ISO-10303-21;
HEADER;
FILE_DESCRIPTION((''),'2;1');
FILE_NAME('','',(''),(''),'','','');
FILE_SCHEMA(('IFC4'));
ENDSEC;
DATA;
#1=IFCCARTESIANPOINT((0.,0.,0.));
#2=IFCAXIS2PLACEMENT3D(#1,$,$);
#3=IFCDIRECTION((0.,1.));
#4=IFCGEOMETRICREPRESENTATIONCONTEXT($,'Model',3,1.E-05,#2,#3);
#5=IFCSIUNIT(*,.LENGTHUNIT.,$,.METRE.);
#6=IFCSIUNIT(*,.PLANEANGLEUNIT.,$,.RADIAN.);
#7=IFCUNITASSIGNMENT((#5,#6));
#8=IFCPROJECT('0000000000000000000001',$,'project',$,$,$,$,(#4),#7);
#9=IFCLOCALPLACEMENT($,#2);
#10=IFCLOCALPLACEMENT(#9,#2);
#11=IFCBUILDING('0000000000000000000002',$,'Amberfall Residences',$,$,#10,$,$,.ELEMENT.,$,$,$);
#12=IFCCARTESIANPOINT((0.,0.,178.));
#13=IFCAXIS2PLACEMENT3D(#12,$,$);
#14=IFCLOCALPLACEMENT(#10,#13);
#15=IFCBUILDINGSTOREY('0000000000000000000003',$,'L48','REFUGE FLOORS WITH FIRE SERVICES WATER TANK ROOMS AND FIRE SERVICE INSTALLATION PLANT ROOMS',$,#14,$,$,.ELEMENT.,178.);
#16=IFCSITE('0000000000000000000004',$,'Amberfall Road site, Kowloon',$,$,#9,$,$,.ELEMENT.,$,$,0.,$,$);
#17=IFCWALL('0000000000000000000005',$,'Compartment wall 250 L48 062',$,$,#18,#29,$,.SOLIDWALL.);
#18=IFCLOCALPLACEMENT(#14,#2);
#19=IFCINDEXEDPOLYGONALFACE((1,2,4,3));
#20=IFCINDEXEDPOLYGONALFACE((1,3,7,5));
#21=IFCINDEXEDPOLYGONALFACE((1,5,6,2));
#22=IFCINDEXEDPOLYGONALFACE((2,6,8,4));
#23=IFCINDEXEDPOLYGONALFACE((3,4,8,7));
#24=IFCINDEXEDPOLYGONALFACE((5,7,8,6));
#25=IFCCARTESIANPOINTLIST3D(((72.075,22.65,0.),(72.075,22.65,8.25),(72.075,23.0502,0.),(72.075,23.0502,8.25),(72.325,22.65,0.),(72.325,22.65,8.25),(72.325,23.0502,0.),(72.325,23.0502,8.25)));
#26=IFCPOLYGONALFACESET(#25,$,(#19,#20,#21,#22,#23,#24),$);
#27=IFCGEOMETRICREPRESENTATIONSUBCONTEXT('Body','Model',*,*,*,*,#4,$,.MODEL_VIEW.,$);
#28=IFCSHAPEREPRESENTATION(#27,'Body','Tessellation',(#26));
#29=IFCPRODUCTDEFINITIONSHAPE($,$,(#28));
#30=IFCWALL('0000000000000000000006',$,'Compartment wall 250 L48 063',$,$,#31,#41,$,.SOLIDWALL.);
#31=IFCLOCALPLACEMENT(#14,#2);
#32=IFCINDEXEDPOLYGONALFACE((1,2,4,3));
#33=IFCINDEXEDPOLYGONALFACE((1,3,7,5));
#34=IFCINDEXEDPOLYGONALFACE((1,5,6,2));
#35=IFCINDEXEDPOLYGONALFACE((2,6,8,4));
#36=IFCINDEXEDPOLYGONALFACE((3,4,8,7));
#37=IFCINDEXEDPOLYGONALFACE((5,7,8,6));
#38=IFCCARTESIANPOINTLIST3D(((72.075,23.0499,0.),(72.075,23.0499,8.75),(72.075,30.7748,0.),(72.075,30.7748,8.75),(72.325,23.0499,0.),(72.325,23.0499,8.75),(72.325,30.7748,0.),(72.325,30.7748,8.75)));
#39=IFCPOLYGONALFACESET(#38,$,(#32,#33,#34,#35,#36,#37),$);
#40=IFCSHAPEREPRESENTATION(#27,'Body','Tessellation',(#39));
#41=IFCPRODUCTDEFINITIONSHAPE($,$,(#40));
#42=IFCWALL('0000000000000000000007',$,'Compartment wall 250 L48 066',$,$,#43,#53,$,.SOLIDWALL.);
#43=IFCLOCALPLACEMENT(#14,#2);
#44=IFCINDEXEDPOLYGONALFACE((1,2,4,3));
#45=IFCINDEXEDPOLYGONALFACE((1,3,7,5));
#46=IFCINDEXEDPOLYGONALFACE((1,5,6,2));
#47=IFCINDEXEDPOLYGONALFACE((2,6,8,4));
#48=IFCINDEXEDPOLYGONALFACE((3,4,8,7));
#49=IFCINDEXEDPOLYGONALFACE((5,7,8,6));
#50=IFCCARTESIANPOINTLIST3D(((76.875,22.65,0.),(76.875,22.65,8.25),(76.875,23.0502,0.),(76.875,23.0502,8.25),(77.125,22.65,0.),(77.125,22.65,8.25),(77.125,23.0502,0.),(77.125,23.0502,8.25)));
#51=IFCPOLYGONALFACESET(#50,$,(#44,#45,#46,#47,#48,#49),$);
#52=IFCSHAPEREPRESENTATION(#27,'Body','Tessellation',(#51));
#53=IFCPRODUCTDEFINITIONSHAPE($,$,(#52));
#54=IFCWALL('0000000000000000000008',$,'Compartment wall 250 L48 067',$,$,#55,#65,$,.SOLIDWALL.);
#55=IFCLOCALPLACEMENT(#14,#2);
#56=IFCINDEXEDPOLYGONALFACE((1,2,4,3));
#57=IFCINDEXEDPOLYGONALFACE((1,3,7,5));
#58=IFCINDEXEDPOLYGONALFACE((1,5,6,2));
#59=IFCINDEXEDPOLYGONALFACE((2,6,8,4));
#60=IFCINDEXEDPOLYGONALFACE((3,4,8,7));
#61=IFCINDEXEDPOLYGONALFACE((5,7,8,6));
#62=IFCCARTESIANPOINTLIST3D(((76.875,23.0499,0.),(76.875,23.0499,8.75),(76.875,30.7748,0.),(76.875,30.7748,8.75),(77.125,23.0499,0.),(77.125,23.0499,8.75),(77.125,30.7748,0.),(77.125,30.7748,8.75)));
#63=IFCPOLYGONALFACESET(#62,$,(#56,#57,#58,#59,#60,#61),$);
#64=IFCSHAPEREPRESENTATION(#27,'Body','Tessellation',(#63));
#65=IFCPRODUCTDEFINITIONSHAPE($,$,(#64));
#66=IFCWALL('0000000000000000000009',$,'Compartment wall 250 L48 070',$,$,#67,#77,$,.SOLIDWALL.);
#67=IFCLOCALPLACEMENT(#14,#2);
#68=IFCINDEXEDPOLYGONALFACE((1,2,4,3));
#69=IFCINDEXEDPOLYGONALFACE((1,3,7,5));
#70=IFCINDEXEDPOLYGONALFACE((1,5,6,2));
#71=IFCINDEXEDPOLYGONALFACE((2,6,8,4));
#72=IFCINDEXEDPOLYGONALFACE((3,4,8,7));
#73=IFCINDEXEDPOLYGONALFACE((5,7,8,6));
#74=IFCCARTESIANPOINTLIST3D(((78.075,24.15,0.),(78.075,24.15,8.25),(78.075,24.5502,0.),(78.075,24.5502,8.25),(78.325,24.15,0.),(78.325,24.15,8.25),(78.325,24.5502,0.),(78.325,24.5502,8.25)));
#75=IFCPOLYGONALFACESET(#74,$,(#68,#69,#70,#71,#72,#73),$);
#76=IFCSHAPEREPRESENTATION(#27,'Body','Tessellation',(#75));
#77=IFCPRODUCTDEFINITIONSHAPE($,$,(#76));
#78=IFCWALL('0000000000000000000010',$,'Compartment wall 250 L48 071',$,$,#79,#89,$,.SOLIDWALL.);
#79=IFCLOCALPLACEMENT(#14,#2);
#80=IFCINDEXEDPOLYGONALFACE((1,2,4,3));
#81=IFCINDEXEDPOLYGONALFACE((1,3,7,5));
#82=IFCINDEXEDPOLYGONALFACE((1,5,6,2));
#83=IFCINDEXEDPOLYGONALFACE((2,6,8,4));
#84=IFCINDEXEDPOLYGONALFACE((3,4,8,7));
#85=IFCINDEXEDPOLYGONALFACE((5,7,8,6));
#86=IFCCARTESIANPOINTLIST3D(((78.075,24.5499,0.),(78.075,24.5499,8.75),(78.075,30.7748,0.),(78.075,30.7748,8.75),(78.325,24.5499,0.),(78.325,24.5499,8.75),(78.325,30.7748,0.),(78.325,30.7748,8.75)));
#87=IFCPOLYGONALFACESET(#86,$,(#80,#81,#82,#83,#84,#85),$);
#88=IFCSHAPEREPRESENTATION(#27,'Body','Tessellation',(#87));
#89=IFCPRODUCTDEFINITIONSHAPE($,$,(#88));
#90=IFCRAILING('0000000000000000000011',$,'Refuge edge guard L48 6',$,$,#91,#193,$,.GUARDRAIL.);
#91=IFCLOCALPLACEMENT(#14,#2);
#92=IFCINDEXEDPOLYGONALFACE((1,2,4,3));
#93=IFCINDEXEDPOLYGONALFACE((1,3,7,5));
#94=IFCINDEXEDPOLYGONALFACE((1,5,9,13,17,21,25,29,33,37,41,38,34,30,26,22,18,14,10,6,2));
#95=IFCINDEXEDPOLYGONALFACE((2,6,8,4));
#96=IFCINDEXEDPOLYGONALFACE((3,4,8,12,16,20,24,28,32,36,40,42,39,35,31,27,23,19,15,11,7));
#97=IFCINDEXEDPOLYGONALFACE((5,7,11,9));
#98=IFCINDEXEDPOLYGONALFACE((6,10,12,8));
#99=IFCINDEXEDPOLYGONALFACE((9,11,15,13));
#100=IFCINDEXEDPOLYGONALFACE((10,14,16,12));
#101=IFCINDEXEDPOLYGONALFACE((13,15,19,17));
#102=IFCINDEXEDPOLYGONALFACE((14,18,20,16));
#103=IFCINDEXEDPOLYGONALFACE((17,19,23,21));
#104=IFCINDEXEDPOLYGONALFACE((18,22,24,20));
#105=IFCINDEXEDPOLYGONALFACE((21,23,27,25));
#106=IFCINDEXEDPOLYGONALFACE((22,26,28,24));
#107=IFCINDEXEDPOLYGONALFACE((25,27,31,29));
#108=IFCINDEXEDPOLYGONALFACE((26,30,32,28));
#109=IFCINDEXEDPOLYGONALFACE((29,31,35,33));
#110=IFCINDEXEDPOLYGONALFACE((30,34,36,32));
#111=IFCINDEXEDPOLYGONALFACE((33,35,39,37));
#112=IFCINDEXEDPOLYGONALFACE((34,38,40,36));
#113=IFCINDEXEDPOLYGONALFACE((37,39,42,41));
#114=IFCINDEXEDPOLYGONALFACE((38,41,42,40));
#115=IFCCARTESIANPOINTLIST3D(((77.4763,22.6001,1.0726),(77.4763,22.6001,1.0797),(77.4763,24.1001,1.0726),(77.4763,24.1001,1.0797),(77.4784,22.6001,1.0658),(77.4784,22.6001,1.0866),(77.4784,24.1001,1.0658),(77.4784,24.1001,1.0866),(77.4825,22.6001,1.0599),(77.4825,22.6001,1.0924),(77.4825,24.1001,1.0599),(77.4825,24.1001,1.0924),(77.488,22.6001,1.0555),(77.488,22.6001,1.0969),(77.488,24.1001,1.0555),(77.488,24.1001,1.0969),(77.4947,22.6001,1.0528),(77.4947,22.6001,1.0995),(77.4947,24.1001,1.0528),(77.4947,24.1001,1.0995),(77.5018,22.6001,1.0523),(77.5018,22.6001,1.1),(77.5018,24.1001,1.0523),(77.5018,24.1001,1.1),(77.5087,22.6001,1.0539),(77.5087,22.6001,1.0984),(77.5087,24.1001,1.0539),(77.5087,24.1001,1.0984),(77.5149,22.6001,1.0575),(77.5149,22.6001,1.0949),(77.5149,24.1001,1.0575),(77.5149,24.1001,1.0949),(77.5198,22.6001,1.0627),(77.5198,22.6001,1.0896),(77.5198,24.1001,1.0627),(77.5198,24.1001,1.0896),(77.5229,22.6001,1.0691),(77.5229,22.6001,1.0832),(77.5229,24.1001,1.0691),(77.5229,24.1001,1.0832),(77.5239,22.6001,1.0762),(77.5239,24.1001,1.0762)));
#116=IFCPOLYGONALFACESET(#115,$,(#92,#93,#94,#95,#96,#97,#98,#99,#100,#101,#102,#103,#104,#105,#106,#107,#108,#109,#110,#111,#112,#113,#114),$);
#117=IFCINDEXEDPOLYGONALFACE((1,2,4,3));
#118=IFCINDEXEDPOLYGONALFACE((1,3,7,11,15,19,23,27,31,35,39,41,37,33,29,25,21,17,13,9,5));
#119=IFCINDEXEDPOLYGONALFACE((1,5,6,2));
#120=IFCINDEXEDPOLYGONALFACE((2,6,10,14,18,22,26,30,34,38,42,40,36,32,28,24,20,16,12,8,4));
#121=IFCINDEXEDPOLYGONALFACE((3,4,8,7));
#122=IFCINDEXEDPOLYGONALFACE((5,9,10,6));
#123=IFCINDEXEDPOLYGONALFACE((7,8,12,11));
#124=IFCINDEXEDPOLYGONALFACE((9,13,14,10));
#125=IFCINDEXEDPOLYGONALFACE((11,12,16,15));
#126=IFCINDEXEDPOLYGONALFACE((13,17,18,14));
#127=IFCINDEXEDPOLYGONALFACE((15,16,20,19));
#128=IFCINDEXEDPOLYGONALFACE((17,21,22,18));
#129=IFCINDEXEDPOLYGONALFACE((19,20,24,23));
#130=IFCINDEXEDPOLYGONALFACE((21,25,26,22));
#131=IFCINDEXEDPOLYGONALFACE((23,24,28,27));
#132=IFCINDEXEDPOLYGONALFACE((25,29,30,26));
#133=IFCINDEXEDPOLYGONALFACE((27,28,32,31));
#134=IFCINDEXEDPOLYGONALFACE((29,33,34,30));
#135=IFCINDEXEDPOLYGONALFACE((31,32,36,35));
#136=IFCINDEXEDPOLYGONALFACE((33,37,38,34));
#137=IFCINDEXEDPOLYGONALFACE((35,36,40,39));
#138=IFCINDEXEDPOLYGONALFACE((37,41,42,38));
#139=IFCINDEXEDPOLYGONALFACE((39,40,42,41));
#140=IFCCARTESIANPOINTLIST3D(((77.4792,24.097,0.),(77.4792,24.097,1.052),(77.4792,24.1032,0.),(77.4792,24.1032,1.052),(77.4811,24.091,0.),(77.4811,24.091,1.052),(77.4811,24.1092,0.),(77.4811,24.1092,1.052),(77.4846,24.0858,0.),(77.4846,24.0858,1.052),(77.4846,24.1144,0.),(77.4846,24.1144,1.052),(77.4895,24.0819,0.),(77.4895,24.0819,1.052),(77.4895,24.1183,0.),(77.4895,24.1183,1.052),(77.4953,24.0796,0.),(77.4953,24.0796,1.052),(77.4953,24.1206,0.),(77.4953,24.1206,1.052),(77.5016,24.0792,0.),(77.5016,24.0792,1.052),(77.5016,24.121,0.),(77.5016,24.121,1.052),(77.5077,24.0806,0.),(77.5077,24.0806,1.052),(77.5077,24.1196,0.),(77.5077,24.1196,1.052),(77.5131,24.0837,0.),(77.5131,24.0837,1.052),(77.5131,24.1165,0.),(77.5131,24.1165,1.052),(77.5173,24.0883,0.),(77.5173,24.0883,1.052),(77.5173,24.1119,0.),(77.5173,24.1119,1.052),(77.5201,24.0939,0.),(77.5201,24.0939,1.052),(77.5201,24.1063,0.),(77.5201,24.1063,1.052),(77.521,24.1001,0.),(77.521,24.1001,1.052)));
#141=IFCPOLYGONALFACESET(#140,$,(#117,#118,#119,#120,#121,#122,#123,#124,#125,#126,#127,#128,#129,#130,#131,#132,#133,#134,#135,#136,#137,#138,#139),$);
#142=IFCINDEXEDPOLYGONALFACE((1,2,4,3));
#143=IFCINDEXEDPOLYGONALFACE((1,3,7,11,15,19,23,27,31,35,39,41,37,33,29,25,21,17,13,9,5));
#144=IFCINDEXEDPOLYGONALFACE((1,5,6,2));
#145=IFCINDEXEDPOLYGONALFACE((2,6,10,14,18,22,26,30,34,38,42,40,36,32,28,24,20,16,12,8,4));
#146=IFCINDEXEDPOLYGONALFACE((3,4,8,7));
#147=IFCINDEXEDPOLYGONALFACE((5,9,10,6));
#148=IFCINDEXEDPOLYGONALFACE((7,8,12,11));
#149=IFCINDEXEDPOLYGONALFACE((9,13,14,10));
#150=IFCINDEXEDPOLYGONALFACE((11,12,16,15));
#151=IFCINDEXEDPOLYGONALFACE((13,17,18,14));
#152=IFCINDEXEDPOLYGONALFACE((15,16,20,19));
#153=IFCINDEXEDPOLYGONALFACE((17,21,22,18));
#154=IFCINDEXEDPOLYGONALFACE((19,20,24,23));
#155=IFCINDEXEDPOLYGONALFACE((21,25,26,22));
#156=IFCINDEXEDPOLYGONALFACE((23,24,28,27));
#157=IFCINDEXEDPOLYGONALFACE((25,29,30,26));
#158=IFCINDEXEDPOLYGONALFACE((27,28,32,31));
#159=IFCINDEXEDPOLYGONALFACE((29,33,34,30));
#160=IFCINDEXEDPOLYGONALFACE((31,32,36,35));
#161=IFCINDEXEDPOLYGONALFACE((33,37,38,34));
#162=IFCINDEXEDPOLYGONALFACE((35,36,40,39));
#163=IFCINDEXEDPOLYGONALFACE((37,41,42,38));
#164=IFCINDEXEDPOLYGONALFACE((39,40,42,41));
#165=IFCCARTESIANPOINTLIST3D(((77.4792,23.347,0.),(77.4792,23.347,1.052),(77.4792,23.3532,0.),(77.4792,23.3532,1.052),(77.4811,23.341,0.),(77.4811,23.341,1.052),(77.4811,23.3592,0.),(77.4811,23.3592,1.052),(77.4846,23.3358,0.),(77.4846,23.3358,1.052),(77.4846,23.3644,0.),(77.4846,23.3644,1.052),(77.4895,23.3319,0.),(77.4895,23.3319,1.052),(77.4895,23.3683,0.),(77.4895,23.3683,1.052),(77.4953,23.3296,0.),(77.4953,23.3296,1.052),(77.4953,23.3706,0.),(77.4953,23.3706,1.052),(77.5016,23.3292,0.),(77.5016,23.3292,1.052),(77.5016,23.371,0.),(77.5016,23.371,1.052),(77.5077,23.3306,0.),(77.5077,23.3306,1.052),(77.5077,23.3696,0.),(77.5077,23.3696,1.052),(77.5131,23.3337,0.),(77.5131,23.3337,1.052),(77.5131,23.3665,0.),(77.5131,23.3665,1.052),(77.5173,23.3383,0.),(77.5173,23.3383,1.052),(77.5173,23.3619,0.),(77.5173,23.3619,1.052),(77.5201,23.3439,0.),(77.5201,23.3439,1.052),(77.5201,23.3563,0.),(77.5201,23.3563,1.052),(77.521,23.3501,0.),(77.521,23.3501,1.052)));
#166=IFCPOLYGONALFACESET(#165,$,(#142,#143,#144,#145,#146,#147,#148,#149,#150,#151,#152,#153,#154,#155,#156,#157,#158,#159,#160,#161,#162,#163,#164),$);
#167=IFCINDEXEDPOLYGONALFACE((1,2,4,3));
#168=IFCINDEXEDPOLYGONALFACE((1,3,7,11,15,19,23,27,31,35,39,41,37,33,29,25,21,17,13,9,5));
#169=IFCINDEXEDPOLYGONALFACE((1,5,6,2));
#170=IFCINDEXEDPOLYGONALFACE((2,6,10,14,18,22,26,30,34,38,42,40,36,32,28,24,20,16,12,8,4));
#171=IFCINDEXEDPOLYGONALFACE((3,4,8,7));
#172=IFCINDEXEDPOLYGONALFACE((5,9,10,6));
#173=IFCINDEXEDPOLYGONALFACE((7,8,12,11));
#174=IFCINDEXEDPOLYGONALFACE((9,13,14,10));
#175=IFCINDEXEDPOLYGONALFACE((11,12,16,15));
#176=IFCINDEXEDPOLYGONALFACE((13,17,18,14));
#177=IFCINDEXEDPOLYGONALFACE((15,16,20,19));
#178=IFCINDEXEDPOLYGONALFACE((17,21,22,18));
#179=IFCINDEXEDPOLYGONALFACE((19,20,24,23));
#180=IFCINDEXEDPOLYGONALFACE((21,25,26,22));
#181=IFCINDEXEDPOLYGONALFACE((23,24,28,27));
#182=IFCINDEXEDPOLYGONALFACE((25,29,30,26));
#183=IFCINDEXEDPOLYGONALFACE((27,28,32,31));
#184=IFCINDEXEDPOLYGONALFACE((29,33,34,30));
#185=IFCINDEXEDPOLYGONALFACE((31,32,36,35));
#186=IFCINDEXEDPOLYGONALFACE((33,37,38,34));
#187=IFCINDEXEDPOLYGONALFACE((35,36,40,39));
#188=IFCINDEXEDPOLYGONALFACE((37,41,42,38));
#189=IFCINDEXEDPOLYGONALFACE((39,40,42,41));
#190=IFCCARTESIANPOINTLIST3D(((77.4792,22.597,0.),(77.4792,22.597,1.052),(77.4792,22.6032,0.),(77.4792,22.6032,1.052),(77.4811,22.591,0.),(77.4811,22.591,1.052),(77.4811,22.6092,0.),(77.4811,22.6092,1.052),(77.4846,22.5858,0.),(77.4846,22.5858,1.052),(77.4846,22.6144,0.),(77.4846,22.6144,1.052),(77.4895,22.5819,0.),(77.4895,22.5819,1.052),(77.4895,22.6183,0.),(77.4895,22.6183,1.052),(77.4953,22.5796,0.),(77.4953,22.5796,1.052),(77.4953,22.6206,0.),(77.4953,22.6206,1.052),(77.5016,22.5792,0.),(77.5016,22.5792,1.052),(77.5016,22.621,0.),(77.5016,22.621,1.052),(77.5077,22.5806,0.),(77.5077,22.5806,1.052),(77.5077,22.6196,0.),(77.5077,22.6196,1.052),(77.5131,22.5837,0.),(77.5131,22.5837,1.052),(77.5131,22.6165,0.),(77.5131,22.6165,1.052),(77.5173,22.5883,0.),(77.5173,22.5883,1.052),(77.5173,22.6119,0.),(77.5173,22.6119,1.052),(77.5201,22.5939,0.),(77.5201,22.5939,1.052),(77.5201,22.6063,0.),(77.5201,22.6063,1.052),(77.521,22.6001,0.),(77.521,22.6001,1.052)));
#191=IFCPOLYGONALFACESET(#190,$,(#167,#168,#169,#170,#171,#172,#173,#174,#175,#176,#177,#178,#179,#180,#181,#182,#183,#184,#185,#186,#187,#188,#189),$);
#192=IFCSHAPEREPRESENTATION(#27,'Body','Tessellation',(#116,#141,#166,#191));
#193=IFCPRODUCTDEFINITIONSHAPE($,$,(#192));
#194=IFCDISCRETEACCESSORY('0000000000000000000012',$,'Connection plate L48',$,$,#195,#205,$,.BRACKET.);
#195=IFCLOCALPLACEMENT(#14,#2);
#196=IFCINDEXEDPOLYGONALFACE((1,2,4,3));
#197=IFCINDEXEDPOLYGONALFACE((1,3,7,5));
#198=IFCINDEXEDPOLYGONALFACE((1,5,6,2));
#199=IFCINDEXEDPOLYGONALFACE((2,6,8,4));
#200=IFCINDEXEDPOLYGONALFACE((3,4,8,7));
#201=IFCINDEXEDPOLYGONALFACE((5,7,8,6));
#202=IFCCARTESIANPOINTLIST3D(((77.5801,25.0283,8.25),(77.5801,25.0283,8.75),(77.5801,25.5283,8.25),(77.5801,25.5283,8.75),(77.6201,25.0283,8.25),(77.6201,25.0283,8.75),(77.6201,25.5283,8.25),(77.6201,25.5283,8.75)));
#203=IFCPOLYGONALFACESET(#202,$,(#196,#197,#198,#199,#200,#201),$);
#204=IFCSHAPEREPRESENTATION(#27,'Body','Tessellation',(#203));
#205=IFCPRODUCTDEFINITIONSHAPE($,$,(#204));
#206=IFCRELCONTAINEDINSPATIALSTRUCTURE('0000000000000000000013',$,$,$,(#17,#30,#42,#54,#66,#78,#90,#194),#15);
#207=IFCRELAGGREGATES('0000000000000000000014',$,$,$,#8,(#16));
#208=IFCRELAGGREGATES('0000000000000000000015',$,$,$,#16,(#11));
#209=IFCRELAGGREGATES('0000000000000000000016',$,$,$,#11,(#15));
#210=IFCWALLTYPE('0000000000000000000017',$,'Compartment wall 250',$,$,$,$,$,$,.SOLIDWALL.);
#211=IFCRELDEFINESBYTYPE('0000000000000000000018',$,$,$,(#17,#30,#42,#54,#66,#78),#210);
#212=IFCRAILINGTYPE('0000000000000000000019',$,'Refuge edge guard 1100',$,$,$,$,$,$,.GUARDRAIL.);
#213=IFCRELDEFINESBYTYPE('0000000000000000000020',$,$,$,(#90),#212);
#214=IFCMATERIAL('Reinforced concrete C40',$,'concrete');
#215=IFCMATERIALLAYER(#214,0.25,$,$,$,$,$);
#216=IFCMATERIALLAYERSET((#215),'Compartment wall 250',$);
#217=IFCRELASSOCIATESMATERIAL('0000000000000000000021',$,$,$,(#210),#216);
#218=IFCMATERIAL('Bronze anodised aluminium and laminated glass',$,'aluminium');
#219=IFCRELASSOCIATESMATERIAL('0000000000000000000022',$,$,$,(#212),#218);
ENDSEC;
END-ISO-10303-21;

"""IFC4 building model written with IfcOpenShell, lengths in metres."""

from ifc_helpers import new_model, si_unit, direction, frame, frame_2d, origin, origin_2d, place, context, subcontext, project, spatial, rectangle, circle, extrude, material, layer, layer_set, type_object, element, save


model = new_model("IFC4")

# Units and contexts
model_context = context("Model", 3, precision=1e-05, world=origin(), true_north=direction((0.0, 1.0)))
body_context = subcontext(model_context, "Body", "Model", "MODEL_VIEW")
ifc_project = project(units=[si_unit("LENGTHUNIT", "METRE"), si_unit("PLANEANGLEUNIT", "RADIAN")], contexts=[model_context])

# Site, building, storey
site_placement = place(None, origin())
site = spatial("IfcSite", under=ifc_project, at=site_placement, Name="Amberfall Road site, Kowloon", CompositionType="ELEMENT", RefElevation=0.0)
building_placement = place(site_placement, origin())
building = spatial("IfcBuilding", under=site, at=building_placement, Name="Amberfall Residences", CompositionType="ELEMENT")
storey_placement = place(building_placement, frame((0.0, 0.0, 178.0)))
storey = spatial("IfcBuildingStorey", under=building, at=storey_placement, Name="L48", Description="REFUGE FLOORS WITH FIRE SERVICES WATER TANK ROOMS AND FIRE SERVICE INSTALLATION PLANT ROOMS", CompositionType="ELEMENT", Elevation=178.0)

# Walls
ifc_material_1 = material(Name="Reinforced concrete C40", Category="concrete")
ifc_layer = layer(ifc_material_1, 0.25)
ifc_layer_set = layer_set([ifc_layer], Name="Compartment wall 250")
wall_type = type_object("IfcWallType", Name="Compartment wall 250", PredefinedType="SOLIDWALL", material=ifc_layer_set)
wall_1_placement = place(storey_placement, frame((72.2, 22.6499, 0.0), z_axis=(0.0, 0.0, 1.0), x_axis=(0.0, 1.0, 0.0)))
element("IfcWall", 1, at=wall_1_placement, inside=storey, type_object=wall_type, Name="Compartment wall 250 L48 062", PredefinedType="SOLIDWALL", context=body_context, shape_type="SweptSolid", body=[
    extrude(rectangle(XDim=0.4001, YDim=0.25, at=frame_2d((0.2002, 0.0))), origin(), (0.0, 0.0, 1.0), 8.25),
])
wall_2_placement = place(storey_placement, frame((72.2, 23.05, 0.0), z_axis=(0.0, 0.0, 1.0), x_axis=(0.0, 1.0, 0.0)))
element("IfcWall", 2, at=wall_2_placement, inside=storey, type_object=wall_type, Name="Compartment wall 250 L48 063", PredefinedType="SOLIDWALL", context=body_context, shape_type="SweptSolid", body=[
    extrude(rectangle(XDim=7.7249, YDim=0.25, at=frame_2d((3.8623, 0.0))), origin(), (0.0, 0.0, 1.0), 8.75),
])
wall_3_placement = place(storey_placement, frame((77.0, 22.6499, 0.0), z_axis=(0.0, 0.0, 1.0), x_axis=(0.0, 1.0, 0.0)))
element("IfcWall", 3, at=wall_3_placement, inside=storey, type_object=wall_type, Name="Compartment wall 250 L48 066", PredefinedType="SOLIDWALL", context=body_context, shape_type="SweptSolid", body=[
    extrude(rectangle(XDim=0.4001, YDim=0.25, at=frame_2d((0.2002, 0.0))), origin(), (0.0, 0.0, 1.0), 8.25),
])
wall_4_placement = place(storey_placement, frame((77.0, 23.05, 0.0), z_axis=(0.0, 0.0, 1.0), x_axis=(0.0, 1.0, 0.0)))
element("IfcWall", 4, at=wall_4_placement, inside=storey, type_object=wall_type, Name="Compartment wall 250 L48 067", PredefinedType="SOLIDWALL", context=body_context, shape_type="SweptSolid", body=[
    extrude(rectangle(XDim=7.7249, YDim=0.25, at=frame_2d((3.8623, 0.0))), origin(), (0.0, 0.0, 1.0), 8.75),
])
wall_5_placement = place(storey_placement, frame((78.2, 24.1499, 0.0), z_axis=(0.0, 0.0, 1.0), x_axis=(0.0, 1.0, 0.0)))
element("IfcWall", 5, at=wall_5_placement, inside=storey, type_object=wall_type, Name="Compartment wall 250 L48 070", PredefinedType="SOLIDWALL", context=body_context, shape_type="SweptSolid", body=[
    extrude(rectangle(XDim=0.4001, YDim=0.25, at=frame_2d((0.2002, 0.0))), origin(), (0.0, 0.0, 1.0), 8.25),
])
wall_6_placement = place(storey_placement, frame((78.2, 24.55, 0.0), z_axis=(0.0, 0.0, 1.0), x_axis=(0.0, 1.0, 0.0)))
element("IfcWall", 6, at=wall_6_placement, inside=storey, type_object=wall_type, Name="Compartment wall 250 L48 071", PredefinedType="SOLIDWALL", context=body_context, shape_type="SweptSolid", body=[
    extrude(rectangle(XDim=6.2249, YDim=0.25, at=frame_2d((3.1123, 0.0))), origin(), (0.0, 0.0, 1.0), 8.75),
])

# Railing
ifc_material_2 = material(Name="Bronze anodised aluminium and laminated glass", Category="aluminium")
railing_type = type_object("IfcRailingType", Name="Refuge edge guard 1100", PredefinedType="GUARDRAIL", material=ifc_material_2)
railing_1_placement = place(storey_placement, frame((77.5, 24.1001, 0.0)))
element("IfcRailing", 7, at=railing_1_placement, inside=storey, type_object=railing_type, Name="Refuge edge guard L48 6", PredefinedType="GUARDRAIL", context=body_context, shape_type="SweptSolid", body=[
    extrude(circle(Radius=0.0239, at=origin_2d()), frame((0.0, 0.0, 1.0762), z_axis=(0.0, -1.0, 0.0), x_axis=(1.0, 0.0, 0.0)), (0.0, 0.0, 1.0), 1.5),
    extrude(circle(Radius=0.021, at=origin_2d()), origin(), (0.0, 0.0, 1.0), 1.052),
    extrude(circle(Radius=0.021, at=origin_2d()), frame((0.0, -0.75, 0.0)), (0.0, 0.0, 1.0), 1.052),
    extrude(circle(Radius=0.021, at=origin_2d()), frame((0.0, -1.5, 0.0)), (0.0, 0.0, 1.0), 1.052),
])

# Discrete accessory
for number, where, z_axis, x_axis, name in (
    (8, (77.6001, 25.2783, 8.25), (0.0, 0.0, 1.0), (0.0, 1.0, 0.0), "Connection plate L48"),
):
    element("IfcDiscreteAccessory", number, at=place(storey_placement, frame(where, z_axis=z_axis, x_axis=x_axis)), inside=storey, Name=name, PredefinedType="BRACKET", context=body_context, shape_type="SweptSolid", body=[
        extrude(rectangle(XDim=0.5, YDim=0.04, at=origin_2d()), origin(), (0.0, 0.0, 1.0), 0.5),
    ])

save(model, "model.ifc")
